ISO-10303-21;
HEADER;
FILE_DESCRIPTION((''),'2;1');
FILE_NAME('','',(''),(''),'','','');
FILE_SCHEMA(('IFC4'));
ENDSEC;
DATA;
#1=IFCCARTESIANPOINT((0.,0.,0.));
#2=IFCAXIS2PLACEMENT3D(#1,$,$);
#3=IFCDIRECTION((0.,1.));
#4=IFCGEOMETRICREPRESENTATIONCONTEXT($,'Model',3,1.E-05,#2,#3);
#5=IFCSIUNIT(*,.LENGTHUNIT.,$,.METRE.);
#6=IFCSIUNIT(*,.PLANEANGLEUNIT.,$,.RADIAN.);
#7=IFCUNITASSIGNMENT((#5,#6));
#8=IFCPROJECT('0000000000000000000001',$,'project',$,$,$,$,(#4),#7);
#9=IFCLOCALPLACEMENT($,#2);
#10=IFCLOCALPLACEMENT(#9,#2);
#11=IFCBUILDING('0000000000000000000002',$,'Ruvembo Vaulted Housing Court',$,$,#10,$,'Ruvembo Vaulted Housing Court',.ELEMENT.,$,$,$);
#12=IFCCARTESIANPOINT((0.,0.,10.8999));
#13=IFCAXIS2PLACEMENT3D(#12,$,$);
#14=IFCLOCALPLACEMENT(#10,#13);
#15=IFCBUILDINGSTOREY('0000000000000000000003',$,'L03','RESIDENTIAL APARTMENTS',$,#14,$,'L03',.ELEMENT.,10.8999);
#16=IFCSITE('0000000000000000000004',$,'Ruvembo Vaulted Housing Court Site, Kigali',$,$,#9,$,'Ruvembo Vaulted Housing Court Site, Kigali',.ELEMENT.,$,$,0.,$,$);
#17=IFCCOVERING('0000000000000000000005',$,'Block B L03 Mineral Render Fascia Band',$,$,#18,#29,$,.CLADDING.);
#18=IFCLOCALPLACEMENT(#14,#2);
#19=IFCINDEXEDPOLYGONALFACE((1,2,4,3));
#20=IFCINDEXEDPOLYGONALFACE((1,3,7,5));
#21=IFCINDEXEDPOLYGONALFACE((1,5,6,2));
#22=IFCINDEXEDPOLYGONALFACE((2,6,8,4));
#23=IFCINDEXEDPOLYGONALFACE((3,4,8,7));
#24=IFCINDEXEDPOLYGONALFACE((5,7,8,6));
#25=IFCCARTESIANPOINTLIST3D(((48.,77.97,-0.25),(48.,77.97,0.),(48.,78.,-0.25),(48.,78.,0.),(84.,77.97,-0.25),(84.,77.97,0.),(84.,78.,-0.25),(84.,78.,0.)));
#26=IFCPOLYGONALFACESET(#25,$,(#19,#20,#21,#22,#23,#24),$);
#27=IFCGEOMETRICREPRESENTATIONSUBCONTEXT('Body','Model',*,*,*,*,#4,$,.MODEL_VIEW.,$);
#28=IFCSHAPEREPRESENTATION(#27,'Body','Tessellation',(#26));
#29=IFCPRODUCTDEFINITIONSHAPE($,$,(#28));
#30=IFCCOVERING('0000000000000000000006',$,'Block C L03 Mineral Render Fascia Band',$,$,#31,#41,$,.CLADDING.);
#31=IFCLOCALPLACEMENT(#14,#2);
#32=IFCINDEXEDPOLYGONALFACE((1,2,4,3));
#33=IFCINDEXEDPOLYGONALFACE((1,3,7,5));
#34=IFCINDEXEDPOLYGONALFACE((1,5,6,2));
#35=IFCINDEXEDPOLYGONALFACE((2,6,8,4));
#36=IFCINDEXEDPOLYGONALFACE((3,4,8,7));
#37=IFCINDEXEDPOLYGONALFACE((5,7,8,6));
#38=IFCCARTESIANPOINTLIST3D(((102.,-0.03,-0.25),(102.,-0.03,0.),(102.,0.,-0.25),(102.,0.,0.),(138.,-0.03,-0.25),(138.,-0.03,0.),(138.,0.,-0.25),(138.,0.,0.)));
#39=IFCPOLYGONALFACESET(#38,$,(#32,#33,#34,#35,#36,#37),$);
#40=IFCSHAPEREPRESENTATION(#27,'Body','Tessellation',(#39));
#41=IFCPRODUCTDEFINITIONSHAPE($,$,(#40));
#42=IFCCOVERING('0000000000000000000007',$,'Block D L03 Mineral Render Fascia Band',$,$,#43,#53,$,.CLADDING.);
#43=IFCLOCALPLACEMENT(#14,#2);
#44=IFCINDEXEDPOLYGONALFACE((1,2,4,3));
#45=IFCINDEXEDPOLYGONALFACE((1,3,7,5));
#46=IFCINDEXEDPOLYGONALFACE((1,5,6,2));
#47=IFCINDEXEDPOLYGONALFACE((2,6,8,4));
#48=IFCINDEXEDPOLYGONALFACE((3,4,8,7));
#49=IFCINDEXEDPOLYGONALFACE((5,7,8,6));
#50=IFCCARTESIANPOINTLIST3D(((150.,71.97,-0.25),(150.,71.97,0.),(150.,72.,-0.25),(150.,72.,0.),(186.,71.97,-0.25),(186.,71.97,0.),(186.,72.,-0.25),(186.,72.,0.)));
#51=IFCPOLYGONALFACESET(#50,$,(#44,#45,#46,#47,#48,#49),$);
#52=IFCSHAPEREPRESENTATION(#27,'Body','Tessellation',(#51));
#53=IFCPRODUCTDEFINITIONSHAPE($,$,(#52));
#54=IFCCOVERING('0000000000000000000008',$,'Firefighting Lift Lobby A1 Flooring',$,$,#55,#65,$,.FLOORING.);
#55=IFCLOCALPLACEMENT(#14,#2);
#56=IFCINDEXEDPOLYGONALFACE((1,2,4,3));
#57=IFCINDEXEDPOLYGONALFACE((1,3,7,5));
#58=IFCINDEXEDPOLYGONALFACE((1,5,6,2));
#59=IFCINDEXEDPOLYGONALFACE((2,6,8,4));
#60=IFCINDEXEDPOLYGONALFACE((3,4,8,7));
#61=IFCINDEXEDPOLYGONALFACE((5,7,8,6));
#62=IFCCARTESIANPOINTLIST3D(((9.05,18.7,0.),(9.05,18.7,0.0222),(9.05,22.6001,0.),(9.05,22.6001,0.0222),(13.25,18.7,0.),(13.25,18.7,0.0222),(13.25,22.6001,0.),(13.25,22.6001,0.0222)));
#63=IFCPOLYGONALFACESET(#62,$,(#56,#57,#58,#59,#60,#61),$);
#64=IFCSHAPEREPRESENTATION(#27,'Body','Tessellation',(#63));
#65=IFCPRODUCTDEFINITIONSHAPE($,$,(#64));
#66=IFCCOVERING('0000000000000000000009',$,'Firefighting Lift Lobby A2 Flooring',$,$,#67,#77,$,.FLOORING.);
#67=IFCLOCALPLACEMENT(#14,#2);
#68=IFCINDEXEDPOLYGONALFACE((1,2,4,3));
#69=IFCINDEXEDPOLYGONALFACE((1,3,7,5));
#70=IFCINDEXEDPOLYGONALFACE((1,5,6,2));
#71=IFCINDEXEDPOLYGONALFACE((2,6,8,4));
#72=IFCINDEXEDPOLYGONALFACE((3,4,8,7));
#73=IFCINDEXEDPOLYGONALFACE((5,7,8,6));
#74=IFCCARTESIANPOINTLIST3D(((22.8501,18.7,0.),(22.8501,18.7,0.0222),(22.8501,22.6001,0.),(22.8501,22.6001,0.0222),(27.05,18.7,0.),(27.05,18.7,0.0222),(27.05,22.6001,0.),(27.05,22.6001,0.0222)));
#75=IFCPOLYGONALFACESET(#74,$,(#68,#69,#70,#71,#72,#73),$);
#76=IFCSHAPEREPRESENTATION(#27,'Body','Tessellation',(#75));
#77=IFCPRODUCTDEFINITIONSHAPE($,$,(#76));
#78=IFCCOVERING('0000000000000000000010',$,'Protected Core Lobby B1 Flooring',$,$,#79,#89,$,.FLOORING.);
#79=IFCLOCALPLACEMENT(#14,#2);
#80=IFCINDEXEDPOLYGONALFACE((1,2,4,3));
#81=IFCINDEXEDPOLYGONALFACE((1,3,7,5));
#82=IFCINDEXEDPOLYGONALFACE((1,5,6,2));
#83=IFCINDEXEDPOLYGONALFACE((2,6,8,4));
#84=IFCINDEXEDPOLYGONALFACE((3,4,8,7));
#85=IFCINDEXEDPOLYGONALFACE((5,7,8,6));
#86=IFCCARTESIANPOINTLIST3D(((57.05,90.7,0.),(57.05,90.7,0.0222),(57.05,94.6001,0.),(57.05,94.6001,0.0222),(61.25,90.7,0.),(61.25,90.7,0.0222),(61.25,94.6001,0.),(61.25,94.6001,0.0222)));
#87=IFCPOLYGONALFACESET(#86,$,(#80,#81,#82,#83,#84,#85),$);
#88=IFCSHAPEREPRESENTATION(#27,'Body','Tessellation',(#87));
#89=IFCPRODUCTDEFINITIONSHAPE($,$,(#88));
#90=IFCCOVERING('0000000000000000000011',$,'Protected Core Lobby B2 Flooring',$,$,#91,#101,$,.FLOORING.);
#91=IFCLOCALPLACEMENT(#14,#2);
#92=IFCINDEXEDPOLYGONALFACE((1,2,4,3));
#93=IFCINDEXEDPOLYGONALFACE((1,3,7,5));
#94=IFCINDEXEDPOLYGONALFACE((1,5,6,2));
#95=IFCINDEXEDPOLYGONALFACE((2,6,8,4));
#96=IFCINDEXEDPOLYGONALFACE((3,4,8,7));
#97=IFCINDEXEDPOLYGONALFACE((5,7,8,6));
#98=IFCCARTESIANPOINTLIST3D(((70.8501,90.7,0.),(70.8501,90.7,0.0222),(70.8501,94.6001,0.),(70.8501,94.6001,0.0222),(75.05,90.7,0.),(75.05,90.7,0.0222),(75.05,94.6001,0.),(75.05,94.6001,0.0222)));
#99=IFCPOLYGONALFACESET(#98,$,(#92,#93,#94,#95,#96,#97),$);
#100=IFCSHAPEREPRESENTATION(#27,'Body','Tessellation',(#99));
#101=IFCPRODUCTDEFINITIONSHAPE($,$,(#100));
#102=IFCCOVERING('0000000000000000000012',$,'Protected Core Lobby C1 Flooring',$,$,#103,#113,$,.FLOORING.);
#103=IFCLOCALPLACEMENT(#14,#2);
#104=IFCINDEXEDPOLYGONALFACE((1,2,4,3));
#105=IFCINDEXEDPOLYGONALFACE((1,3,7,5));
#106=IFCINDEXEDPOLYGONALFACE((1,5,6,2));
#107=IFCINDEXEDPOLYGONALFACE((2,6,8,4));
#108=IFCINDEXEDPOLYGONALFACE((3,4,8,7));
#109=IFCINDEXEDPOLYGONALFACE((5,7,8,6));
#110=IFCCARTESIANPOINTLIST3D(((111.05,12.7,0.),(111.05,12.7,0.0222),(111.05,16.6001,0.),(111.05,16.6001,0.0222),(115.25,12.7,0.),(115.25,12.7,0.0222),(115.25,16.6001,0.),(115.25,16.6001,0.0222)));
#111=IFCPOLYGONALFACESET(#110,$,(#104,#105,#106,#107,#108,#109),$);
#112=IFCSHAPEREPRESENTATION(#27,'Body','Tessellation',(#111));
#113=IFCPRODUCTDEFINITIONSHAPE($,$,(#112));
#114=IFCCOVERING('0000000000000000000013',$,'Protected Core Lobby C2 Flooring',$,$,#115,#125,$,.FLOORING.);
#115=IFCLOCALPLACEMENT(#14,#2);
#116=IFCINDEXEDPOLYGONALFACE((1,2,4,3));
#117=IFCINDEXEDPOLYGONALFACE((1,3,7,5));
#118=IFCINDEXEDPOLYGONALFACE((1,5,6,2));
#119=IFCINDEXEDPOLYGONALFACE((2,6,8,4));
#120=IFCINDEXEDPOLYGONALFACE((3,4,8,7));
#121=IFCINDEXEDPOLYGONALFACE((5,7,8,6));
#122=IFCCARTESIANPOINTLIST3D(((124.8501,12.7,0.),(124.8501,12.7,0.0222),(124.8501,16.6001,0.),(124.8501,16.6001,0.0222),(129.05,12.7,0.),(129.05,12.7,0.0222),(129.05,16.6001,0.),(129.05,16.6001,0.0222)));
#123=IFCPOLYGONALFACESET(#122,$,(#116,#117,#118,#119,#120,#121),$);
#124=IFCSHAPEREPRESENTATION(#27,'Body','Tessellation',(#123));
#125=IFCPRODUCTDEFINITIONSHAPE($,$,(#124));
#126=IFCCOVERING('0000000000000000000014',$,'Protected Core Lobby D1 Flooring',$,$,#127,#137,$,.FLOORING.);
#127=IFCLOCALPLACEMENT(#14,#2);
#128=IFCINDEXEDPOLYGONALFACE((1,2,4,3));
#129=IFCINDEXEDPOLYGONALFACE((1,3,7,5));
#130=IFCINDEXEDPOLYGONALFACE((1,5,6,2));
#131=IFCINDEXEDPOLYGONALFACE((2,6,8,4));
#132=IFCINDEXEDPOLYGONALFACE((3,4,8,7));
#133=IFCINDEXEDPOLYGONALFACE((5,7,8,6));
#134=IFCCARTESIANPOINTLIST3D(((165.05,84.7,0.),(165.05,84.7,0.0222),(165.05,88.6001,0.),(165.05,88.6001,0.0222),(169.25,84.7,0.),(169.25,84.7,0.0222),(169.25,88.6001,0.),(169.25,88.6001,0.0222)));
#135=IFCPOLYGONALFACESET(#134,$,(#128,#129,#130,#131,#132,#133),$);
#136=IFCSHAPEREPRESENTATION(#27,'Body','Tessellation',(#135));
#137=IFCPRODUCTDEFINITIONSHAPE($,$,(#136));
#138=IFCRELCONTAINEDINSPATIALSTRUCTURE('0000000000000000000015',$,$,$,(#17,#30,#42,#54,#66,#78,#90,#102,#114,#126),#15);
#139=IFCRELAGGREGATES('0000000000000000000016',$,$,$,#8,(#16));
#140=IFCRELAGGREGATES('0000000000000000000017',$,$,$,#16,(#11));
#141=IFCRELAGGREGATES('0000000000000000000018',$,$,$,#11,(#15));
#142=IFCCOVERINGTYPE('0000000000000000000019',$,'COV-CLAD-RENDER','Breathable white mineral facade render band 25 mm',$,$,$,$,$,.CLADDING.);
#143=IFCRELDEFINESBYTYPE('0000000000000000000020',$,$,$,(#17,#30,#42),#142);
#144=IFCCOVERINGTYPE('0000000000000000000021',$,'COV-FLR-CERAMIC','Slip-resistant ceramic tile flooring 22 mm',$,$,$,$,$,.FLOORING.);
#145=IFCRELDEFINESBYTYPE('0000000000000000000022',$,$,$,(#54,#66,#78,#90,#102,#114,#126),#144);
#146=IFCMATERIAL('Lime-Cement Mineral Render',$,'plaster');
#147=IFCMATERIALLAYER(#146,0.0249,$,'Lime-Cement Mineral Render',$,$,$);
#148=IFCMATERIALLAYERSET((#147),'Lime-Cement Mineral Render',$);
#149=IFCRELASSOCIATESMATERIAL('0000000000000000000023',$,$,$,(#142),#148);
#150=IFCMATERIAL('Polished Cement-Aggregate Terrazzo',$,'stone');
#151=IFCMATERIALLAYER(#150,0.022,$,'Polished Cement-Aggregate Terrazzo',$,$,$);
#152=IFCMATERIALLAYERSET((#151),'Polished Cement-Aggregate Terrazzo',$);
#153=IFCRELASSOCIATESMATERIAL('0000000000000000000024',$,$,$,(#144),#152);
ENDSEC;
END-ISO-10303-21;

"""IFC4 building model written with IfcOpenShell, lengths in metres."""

from ifc_helpers import new_model, si_unit, direction, frame, origin, place, context, subcontext, project, spatial, polyline, outline, extrude, material, layer, layer_set, type_object, element, save


model = new_model("IFC4")

# Units and contexts
model_context = context("Model", 3, precision=1e-05, world=origin(), true_north=direction((0.0, 1.0)))
body_context = subcontext(model_context, "Body", "Model", "MODEL_VIEW")
ifc_project = project(units=[si_unit("LENGTHUNIT", "METRE"), si_unit("PLANEANGLEUNIT", "RADIAN")], contexts=[model_context])

# Site, building, storey
site_placement = place(None, origin())
site = spatial("IfcSite", under=ifc_project, at=site_placement, Name="Ruvembo Vaulted Housing Court Site, Kigali", LongName="Ruvembo Vaulted Housing Court Site, Kigali", CompositionType="ELEMENT", RefElevation=0.0)
building_placement = place(site_placement, origin())
building = spatial("IfcBuilding", under=site, at=building_placement, Name="Ruvembo Vaulted Housing Court", LongName="Ruvembo Vaulted Housing Court", CompositionType="ELEMENT")
storey_placement = place(building_placement, frame((0.0, 0.0, 10.8999)))
storey = spatial("IfcBuildingStorey", under=building, at=storey_placement, Name="L03", Description="RESIDENTIAL APARTMENTS", LongName="L03", CompositionType="ELEMENT", Elevation=10.8999)

# Coverings
ifc_material_1 = material(Name="Lime-Cement Mineral Render", Category="plaster")
ifc_layer_1 = layer(ifc_material_1, 0.0249, Name="Lime-Cement Mineral Render")
ifc_layer_set_1 = layer_set([ifc_layer_1], Name="Lime-Cement Mineral Render")
covering_type_1 = type_object("IfcCoveringType", Name="COV-CLAD-RENDER", Description="Breathable white mineral facade render band 25 mm", PredefinedType="CLADDING", material=ifc_layer_set_1)
covering_1_placement = place(storey_placement, frame((0.0, 0.0, -0.25)))
element("IfcCovering", 1, at=covering_1_placement, inside=storey, type_object=covering_type_1, Name="Block B L03 Mineral Render Fascia Band", PredefinedType="CLADDING", context=body_context, shape_type="SweptSolid", body=[
    extrude(outline(polyline([(48.0, 77.97), (84.0, 77.97), (84.0, 78.0), (48.0, 78.0), (48.0, 77.97)])), origin(), (0.0, 0.0, 1.0), 0.25),
])
covering_2_placement = place(storey_placement, frame((0.0, 0.0, -0.25)))
element("IfcCovering", 2, at=covering_2_placement, inside=storey, type_object=covering_type_1, Name="Block C L03 Mineral Render Fascia Band", PredefinedType="CLADDING", context=body_context, shape_type="SweptSolid", body=[
    extrude(outline(polyline([(102.0, -0.03), (138.0, -0.03), (138.0, 0.0), (102.0, 0.0), (102.0, -0.03)])), origin(), (0.0, 0.0, 1.0), 0.25),
])
covering_3_placement = place(storey_placement, frame((0.0, 0.0, -0.25)))
element("IfcCovering", 3, at=covering_3_placement, inside=storey, type_object=covering_type_1, Name="Block D L03 Mineral Render Fascia Band", PredefinedType="CLADDING", context=body_context, shape_type="SweptSolid", body=[
    extrude(outline(polyline([(150.0, 71.97), (186.0, 71.97), (186.0, 72.0), (150.0, 72.0), (150.0, 71.97)])), origin(), (0.0, 0.0, 1.0), 0.25),
])
ifc_material_2 = material(Name="Polished Cement-Aggregate Terrazzo", Category="stone")
ifc_layer_2 = layer(ifc_material_2, 0.022, Name="Polished Cement-Aggregate Terrazzo")
ifc_layer_set_2 = layer_set([ifc_layer_2], Name="Polished Cement-Aggregate Terrazzo")
covering_type_2 = type_object("IfcCoveringType", Name="COV-FLR-CERAMIC", Description="Slip-resistant ceramic tile flooring 22 mm", PredefinedType="FLOORING", material=ifc_layer_set_2)
covering_4_placement = place(storey_placement, origin())
element("IfcCovering", 4, at=covering_4_placement, inside=storey, type_object=covering_type_2, Name="Firefighting Lift Lobby A1 Flooring", PredefinedType="FLOORING", context=body_context, shape_type="SweptSolid", body=[
    extrude(outline(polyline([(13.25, 22.6001), (9.05, 22.6001), (9.05, 18.7), (13.25, 18.7), (13.25, 22.6001)])), origin(), (0.0, 0.0, 1.0), 0.0222),
])
covering_5_placement = place(storey_placement, origin())
element("IfcCovering", 5, at=covering_5_placement, inside=storey, type_object=covering_type_2, Name="Firefighting Lift Lobby A2 Flooring", PredefinedType="FLOORING", context=body_context, shape_type="SweptSolid", body=[
    extrude(outline(polyline([(27.05, 22.6001), (22.8501, 22.6001), (22.8501, 18.7), (27.05, 18.7), (27.05, 22.6001)])), origin(), (0.0, 0.0, 1.0), 0.0222),
])
covering_6_placement = place(storey_placement, origin())
element("IfcCovering", 6, at=covering_6_placement, inside=storey, type_object=covering_type_2, Name="Protected Core Lobby B1 Flooring", PredefinedType="FLOORING", context=body_context, shape_type="SweptSolid", body=[
    extrude(outline(polyline([(61.25, 94.6001), (57.05, 94.6001), (57.05, 90.7), (61.25, 90.7), (61.25, 94.6001)])), origin(), (0.0, 0.0, 1.0), 0.0222),
])
covering_7_placement = place(storey_placement, origin())
element("IfcCovering", 7, at=covering_7_placement, inside=storey, type_object=covering_type_2, Name="Protected Core Lobby B2 Flooring", PredefinedType="FLOORING", context=body_context, shape_type="SweptSolid", body=[
    extrude(outline(polyline([(75.05, 94.6001), (70.8501, 94.6001), (70.8501, 90.7), (75.05, 90.7), (75.05, 94.6001)])), origin(), (0.0, 0.0, 1.0), 0.0222),
])
covering_8_placement = place(storey_placement, origin())
element("IfcCovering", 8, at=covering_8_placement, inside=storey, type_object=covering_type_2, Name="Protected Core Lobby C1 Flooring", PredefinedType="FLOORING", context=body_context, shape_type="SweptSolid", body=[
    extrude(outline(polyline([(115.25, 16.6001), (111.05, 16.6001), (111.05, 12.7), (115.25, 12.7), (115.25, 16.6001)])), origin(), (0.0, 0.0, 1.0), 0.0222),
])
covering_9_placement = place(storey_placement, origin())
element("IfcCovering", 9, at=covering_9_placement, inside=storey, type_object=covering_type_2, Name="Protected Core Lobby C2 Flooring", PredefinedType="FLOORING", context=body_context, shape_type="SweptSolid", body=[
    extrude(outline(polyline([(129.05, 16.6001), (124.8501, 16.6001), (124.8501, 12.7), (129.05, 12.7), (129.05, 16.6001)])), origin(), (0.0, 0.0, 1.0), 0.0222),
])
covering_10_placement = place(storey_placement, origin())
element("IfcCovering", 10, at=covering_10_placement, inside=storey, type_object=covering_type_2, Name="Protected Core Lobby D1 Flooring", PredefinedType="FLOORING", context=body_context, shape_type="SweptSolid", body=[
    extrude(outline(polyline([(169.25, 88.6001), (165.05, 88.6001), (165.05, 84.7), (169.25, 84.7), (169.25, 88.6001)])), origin(), (0.0, 0.0, 1.0), 0.0222),
])

save(model, "model.ifc")
